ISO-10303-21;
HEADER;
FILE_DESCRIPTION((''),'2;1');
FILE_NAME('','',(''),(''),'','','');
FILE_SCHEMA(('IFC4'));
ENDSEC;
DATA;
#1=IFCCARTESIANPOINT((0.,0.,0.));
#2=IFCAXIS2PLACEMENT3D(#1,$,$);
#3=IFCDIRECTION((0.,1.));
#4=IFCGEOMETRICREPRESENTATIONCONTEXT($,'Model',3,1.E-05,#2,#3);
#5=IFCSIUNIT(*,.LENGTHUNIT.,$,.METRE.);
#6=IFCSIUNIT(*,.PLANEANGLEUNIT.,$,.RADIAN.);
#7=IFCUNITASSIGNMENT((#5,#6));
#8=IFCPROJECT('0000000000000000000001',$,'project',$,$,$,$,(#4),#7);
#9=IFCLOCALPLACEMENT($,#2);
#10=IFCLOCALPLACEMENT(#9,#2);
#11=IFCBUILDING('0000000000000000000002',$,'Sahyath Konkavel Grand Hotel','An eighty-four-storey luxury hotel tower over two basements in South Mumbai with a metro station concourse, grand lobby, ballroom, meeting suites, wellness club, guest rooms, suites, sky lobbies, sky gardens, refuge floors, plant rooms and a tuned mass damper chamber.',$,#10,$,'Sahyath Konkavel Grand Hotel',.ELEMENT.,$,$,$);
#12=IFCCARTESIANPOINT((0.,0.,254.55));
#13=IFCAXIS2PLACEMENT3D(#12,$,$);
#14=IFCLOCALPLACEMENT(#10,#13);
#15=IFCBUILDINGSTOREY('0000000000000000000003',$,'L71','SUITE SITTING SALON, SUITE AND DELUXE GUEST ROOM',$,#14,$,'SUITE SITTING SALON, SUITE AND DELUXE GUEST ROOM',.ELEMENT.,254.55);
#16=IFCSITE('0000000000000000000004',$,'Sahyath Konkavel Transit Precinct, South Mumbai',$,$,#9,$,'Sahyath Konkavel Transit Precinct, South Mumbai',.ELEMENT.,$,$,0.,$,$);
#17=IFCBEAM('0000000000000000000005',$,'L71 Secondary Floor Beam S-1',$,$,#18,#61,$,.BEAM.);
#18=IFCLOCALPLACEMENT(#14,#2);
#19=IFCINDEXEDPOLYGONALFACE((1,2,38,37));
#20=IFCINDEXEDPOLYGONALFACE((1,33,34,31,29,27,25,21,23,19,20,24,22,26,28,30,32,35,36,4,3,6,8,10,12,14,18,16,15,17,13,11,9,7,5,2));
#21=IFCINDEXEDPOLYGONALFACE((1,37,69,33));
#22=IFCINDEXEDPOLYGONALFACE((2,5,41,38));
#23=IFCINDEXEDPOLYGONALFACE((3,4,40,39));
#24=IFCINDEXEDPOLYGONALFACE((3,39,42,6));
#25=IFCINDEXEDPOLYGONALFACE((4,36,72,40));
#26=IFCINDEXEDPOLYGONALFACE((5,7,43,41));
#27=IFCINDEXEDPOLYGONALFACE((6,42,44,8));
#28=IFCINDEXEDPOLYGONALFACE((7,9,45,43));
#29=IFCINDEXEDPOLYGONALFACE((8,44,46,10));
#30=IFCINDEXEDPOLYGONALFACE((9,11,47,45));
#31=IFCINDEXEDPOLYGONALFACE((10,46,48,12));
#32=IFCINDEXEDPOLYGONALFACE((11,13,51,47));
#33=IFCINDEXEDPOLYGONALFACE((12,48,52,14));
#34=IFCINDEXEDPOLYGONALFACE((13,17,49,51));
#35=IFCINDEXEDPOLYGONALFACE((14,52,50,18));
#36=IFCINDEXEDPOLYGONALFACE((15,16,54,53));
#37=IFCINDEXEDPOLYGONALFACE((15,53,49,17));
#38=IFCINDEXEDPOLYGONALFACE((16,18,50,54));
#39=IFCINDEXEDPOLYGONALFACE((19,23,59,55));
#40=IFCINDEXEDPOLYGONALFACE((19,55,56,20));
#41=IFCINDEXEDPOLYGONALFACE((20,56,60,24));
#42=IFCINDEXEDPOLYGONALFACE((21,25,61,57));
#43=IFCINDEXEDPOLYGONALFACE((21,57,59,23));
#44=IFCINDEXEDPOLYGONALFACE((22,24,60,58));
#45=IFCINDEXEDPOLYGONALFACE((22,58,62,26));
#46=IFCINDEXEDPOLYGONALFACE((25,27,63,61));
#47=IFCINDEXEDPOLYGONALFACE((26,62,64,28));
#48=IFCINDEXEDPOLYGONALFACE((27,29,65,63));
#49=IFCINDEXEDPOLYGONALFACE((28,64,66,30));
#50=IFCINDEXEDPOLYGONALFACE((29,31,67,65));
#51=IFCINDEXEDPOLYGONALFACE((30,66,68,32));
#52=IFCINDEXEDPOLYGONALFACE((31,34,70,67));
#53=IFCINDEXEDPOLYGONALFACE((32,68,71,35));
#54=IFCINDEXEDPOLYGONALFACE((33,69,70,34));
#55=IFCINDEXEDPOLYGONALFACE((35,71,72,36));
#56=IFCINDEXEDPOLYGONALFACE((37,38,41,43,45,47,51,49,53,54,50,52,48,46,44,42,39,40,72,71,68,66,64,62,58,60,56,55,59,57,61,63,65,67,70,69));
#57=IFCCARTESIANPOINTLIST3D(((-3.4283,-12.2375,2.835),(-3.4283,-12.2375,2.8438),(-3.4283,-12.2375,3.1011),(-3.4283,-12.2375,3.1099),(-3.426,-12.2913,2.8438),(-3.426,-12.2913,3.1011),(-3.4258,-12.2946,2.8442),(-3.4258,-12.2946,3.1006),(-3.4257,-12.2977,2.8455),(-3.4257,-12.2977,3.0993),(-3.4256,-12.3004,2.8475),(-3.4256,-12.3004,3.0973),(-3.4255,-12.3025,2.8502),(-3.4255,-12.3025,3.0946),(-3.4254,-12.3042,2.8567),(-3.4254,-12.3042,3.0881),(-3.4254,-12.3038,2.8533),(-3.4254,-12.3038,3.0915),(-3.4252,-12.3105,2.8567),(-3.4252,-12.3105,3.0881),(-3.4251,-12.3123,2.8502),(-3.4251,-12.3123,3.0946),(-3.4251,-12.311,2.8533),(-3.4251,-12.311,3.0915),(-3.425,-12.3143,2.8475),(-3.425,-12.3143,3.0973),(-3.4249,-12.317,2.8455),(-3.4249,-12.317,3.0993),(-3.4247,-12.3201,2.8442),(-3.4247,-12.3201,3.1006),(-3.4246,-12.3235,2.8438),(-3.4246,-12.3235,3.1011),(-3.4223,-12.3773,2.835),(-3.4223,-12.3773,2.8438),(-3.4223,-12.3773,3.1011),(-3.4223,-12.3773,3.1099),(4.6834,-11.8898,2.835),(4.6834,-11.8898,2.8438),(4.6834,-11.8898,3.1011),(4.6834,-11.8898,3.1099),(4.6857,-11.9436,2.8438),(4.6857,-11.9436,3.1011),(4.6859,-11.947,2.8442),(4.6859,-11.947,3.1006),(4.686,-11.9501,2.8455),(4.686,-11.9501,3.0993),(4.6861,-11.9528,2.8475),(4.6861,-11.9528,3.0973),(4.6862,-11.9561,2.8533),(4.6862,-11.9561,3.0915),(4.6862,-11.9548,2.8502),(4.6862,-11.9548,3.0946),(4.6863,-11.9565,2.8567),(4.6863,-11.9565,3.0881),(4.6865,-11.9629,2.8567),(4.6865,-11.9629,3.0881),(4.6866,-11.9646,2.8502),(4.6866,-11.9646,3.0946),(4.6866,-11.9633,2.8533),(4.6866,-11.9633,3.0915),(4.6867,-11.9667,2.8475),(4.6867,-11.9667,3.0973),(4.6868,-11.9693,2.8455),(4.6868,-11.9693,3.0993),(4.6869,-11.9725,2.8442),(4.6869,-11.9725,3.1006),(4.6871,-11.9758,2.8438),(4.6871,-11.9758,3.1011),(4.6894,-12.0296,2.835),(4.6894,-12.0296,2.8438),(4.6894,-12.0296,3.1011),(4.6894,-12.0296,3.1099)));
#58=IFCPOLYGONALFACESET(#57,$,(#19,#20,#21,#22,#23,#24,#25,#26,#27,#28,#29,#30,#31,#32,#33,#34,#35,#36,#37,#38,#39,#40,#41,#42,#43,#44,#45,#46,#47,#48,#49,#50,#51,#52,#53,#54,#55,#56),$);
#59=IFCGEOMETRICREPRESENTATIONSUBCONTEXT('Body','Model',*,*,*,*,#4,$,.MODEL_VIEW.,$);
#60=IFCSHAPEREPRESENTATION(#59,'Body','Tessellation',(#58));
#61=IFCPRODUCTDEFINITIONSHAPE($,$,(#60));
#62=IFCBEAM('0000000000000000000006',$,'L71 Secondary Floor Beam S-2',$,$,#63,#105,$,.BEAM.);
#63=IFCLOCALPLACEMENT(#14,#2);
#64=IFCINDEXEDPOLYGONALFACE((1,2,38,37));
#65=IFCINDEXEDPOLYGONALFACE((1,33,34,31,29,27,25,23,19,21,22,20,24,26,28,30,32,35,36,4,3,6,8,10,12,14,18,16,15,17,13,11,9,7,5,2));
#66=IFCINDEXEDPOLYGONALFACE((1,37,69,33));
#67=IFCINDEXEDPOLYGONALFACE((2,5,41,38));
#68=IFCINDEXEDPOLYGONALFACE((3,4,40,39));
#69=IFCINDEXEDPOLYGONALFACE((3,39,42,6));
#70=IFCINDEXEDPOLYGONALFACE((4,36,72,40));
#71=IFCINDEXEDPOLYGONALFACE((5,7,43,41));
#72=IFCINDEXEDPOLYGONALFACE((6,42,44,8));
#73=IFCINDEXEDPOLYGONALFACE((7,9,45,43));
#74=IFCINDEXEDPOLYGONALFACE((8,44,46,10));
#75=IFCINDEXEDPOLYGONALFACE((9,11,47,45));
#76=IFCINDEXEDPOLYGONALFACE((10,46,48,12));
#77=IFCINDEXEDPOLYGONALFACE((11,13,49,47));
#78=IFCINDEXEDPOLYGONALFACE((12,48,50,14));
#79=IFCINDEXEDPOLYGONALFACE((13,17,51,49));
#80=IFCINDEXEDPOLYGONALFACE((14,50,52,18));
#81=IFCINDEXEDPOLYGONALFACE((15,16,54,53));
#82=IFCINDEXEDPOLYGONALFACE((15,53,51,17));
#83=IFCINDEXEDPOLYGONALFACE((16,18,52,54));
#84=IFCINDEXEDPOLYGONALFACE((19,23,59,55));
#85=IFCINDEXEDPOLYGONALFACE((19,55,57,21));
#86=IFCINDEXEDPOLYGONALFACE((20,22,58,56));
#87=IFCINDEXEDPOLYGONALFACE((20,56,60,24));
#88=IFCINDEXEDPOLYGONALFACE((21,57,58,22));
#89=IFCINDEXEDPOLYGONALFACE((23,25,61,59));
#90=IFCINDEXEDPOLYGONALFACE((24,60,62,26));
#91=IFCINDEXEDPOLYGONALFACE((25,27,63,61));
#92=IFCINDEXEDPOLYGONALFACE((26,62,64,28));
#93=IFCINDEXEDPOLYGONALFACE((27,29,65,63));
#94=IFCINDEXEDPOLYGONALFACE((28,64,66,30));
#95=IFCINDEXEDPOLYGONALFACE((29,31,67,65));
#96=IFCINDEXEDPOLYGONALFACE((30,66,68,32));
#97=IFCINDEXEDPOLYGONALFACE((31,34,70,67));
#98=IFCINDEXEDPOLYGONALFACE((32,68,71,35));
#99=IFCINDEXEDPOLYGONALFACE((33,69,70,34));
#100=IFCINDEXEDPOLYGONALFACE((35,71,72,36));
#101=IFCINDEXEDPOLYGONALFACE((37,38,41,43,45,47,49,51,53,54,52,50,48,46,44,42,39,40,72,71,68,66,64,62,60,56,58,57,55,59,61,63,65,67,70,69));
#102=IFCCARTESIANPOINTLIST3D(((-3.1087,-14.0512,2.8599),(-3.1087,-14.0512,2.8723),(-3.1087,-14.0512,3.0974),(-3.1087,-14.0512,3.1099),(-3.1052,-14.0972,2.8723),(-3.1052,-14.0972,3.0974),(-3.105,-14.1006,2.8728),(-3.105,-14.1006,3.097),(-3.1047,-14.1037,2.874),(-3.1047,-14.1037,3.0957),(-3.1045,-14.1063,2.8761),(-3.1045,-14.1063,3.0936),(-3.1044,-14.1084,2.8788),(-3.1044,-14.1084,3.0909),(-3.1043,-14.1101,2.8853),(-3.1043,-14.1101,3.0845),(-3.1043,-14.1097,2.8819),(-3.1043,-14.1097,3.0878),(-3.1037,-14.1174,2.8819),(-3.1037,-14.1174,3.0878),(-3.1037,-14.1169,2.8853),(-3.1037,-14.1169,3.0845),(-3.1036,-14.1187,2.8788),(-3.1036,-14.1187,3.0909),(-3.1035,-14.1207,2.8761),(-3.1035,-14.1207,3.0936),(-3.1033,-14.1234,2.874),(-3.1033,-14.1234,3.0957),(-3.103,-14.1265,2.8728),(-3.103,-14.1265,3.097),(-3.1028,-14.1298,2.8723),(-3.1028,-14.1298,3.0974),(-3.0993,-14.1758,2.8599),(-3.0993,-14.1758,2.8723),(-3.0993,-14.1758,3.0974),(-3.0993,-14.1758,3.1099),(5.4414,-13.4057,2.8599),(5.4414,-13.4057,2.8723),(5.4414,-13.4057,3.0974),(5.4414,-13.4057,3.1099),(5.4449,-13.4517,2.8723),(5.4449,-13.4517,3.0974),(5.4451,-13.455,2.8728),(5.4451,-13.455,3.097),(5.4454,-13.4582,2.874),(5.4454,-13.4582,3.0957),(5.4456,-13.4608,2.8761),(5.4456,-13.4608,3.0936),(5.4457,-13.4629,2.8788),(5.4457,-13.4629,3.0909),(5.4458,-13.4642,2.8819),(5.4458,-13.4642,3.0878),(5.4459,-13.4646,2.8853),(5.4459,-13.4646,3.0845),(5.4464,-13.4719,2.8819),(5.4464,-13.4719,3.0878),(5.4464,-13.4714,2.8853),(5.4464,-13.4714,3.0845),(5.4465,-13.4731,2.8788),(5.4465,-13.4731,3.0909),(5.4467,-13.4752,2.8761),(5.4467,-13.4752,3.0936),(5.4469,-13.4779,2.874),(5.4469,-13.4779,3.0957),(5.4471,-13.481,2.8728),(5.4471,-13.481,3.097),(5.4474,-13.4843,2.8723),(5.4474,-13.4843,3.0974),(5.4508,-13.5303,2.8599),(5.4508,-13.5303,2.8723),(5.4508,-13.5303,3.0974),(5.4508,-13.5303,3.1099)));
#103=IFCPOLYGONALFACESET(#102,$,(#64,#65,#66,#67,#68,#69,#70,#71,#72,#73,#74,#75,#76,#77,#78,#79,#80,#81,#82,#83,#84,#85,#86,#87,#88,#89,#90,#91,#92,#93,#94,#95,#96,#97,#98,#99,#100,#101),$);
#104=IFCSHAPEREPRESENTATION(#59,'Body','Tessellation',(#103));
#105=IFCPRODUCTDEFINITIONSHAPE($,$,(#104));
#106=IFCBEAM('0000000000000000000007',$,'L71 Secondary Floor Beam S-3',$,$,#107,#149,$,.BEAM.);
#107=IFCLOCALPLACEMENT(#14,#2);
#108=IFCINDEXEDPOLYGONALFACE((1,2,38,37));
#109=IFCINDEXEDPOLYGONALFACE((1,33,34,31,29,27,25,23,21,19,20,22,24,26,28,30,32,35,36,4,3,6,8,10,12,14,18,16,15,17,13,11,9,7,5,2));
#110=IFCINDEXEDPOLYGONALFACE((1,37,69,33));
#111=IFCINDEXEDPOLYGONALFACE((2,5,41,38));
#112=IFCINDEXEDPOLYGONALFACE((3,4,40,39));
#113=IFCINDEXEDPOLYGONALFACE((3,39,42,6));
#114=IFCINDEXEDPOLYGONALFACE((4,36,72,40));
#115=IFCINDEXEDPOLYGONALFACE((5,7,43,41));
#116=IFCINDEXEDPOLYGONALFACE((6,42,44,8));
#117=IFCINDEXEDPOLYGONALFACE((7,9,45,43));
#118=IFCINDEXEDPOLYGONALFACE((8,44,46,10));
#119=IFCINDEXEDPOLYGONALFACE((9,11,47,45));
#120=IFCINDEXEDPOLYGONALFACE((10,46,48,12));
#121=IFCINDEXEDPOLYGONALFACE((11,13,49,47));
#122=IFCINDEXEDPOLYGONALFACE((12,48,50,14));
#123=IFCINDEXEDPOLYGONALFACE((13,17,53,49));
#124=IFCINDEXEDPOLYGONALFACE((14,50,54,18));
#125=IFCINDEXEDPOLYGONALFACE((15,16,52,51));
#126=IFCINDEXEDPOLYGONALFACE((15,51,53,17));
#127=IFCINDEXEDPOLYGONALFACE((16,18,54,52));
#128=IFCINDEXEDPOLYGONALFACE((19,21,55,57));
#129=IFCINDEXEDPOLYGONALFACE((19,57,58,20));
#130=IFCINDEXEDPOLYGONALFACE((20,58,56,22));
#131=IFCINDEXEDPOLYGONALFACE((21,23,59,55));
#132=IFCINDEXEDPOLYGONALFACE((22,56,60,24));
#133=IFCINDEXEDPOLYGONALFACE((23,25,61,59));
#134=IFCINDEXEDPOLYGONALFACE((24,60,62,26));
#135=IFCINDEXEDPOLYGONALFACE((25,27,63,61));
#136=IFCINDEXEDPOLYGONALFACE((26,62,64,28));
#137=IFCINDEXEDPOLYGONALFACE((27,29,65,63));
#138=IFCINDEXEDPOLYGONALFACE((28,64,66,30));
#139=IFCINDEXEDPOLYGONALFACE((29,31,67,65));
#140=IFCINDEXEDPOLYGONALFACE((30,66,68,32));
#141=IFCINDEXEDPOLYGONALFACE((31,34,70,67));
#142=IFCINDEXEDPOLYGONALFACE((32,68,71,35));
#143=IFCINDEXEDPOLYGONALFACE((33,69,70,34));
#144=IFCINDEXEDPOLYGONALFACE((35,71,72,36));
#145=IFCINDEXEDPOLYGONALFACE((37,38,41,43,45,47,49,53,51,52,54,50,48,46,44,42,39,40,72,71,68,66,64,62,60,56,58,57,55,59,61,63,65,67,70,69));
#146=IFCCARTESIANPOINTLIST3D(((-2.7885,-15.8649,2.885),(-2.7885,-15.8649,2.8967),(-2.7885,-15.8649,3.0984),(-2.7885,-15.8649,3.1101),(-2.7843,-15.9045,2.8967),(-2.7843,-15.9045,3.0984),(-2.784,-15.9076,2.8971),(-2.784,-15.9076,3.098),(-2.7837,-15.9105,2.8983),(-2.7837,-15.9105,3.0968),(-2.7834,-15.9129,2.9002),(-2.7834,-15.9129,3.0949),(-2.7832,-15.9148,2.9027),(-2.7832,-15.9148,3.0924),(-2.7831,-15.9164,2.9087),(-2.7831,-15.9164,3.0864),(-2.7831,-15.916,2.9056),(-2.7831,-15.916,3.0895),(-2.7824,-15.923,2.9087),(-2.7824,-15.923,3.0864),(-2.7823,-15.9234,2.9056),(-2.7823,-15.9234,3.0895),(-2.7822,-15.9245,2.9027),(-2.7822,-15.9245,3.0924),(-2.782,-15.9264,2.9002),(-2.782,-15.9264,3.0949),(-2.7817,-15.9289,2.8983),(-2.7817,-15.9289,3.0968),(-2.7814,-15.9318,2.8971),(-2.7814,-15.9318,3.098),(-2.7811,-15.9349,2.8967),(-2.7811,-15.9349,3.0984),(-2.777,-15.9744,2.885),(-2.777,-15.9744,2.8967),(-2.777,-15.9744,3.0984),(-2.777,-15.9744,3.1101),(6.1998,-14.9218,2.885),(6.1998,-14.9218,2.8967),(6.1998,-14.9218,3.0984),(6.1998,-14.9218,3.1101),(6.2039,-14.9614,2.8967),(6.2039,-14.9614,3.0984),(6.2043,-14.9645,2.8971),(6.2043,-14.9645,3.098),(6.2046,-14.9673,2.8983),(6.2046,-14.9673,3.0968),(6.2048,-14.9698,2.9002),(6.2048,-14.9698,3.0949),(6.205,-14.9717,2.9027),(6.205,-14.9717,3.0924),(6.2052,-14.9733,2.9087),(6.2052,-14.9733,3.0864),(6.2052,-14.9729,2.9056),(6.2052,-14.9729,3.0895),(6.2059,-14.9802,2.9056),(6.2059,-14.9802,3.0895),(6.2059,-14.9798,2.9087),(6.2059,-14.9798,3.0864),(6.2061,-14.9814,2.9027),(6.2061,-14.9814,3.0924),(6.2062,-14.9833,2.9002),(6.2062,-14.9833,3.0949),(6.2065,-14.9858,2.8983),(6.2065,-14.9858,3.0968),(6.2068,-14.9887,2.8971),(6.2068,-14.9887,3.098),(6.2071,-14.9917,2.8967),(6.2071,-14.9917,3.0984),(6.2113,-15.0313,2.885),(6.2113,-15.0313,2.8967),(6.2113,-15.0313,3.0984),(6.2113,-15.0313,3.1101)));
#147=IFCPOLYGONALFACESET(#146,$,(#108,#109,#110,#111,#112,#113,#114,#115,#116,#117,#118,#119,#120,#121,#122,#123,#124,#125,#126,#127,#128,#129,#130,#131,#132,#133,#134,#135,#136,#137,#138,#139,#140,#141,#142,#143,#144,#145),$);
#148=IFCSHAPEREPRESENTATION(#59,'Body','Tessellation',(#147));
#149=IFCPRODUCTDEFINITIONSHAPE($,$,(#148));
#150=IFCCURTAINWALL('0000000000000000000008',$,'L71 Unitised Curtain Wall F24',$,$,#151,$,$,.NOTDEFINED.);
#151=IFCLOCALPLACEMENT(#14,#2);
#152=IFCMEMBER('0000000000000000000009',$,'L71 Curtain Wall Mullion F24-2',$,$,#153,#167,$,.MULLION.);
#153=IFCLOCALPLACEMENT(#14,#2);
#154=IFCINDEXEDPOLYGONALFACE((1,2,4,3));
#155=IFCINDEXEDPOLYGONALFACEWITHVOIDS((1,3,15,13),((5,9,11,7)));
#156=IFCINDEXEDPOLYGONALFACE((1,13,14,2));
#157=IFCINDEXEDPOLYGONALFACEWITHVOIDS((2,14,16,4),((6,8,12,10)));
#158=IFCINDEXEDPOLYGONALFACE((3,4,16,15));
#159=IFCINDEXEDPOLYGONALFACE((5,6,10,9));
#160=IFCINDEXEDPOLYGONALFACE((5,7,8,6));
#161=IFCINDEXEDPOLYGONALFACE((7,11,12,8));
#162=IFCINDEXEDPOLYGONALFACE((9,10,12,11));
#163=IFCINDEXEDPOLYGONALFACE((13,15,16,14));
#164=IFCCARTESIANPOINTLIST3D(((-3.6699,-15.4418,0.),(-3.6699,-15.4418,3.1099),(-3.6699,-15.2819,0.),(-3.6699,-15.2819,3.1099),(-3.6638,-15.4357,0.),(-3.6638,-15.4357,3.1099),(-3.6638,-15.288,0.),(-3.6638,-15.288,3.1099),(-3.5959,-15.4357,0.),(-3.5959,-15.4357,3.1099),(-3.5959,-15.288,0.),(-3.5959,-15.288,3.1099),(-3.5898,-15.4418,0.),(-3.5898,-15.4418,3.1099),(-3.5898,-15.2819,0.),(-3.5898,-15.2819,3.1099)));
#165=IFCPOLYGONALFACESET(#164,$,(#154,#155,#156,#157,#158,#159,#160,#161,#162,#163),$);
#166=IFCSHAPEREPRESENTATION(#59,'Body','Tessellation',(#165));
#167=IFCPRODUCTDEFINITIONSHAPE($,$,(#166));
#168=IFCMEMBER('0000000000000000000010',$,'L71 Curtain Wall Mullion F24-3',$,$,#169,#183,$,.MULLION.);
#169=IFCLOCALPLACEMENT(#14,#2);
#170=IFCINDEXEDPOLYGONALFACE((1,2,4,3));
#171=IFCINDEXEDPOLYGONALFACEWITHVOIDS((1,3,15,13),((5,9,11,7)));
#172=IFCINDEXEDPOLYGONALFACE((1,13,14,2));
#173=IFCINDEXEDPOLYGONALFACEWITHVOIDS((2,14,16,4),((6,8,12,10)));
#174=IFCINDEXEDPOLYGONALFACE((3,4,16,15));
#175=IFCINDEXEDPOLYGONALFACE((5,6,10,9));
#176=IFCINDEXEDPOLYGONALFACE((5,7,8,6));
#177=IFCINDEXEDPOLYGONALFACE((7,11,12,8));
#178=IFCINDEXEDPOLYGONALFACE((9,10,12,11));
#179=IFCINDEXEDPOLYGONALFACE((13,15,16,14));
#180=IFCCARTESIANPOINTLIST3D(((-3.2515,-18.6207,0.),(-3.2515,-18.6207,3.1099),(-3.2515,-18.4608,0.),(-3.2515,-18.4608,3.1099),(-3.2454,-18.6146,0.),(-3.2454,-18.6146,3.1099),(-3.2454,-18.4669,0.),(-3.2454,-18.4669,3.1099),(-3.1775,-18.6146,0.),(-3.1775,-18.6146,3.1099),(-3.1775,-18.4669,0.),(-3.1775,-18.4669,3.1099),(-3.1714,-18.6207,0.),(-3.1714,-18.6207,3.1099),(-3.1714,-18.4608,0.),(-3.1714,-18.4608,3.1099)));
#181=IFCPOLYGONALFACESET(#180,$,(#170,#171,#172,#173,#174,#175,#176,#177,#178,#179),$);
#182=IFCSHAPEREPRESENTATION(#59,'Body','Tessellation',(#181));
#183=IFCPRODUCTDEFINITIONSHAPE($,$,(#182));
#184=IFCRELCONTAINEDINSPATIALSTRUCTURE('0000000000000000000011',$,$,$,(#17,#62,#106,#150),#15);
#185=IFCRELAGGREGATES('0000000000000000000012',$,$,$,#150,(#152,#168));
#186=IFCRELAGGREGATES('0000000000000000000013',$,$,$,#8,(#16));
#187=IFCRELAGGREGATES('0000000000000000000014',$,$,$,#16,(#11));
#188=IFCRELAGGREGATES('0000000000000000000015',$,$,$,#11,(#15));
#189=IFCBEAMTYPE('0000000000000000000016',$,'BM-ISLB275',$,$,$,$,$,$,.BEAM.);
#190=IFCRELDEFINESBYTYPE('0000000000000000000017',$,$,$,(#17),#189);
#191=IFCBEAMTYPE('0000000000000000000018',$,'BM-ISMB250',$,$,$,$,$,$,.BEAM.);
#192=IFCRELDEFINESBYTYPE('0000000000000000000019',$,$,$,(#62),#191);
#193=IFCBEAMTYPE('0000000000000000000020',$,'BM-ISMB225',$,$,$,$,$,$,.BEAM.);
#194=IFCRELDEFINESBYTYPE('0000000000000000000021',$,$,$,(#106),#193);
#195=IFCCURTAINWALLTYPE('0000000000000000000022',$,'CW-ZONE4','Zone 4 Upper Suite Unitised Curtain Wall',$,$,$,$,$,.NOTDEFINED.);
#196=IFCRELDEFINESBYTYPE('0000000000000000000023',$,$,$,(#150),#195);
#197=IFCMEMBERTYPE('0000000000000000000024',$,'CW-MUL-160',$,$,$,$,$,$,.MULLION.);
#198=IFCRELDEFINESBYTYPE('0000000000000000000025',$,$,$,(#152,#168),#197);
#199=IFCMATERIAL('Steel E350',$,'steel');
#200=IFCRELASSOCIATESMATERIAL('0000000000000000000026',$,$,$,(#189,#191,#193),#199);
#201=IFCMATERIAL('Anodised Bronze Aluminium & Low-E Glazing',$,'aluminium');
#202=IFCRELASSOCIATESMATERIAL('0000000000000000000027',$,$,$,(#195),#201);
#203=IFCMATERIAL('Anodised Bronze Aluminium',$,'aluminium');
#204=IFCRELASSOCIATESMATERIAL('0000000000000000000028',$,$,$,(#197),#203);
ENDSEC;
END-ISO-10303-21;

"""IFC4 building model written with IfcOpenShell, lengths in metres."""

from ifc_helpers import new_model, si_unit, direction, frame, origin, origin_2d, place, context, subcontext, project, spatial, hollow_rectangle, i_section, extrude, source, transform, mapped, material, material_profile, profile_set, type_object, element, aggregate, save


model = new_model("IFC4")

# Units and contexts
model_context = context("Model", 3, precision=1e-05, world=origin(), true_north=direction((0.0, 1.0)))
body_context = subcontext(model_context, "Body", "Model", "MODEL_VIEW")
ifc_project = project(units=[si_unit("LENGTHUNIT", "METRE"), si_unit("PLANEANGLEUNIT", "RADIAN")], contexts=[model_context])

# Site, building, storey
site_placement = place(None, origin())
site = spatial("IfcSite", under=ifc_project, at=site_placement, Name="Sahyath Konkavel Transit Precinct, South Mumbai", LongName="Sahyath Konkavel Transit Precinct, South Mumbai", CompositionType="ELEMENT", RefElevation=0.0)
building_placement = place(site_placement, origin())
building = spatial("IfcBuilding", under=site, at=building_placement, Name="Sahyath Konkavel Grand Hotel", Description="An eighty-four-storey luxury hotel tower over two basements in South Mumbai with a metro station concourse, grand lobby, ballroom, meeting suites, wellness club, guest rooms, suites, sky lobbies, sky gardens, refuge floors, plant rooms and a tuned mass damper chamber.", LongName="Sahyath Konkavel Grand Hotel", CompositionType="ELEMENT")
storey_placement = place(building_placement, frame((0.0, 0.0, 254.55)))
storey = spatial("IfcBuildingStorey", under=building, at=storey_placement, Name="L71", Description="SUITE SITTING SALON, SUITE AND DELUXE GUEST ROOM", LongName="SUITE SITTING SALON, SUITE AND DELUXE GUEST ROOM", CompositionType="ELEMENT", Elevation=254.55)

# Beams
ifc_material_1 = material(Name="Steel E350", Category="steel")
ifc_material_profile_1 = material_profile(ifc_material_1, i_section(OverallWidth=0.1399, OverallDepth=0.2749, WebThickness=0.0063, FlangeThickness=0.0088, FilletRadius=0.0129, at=origin_2d()), Name="ISLB 275")
ifc_profile_set_1 = profile_set([ifc_material_profile_1], Name="Steel E350")
beam_type_1 = type_object("IfcBeamType", Name="BM-ISLB275", PredefinedType="BEAM", material=ifc_profile_set_1)
shared_shape_1 = source(origin(), body_context, "Body", "SweptSolid", [
    extrude(i_section(OverallWidth=0.1399, OverallDepth=0.2749, WebThickness=0.0063, FlangeThickness=0.0088, FilletRadius=0.0129, at=origin_2d()), origin(), (0.0, 0.0, 1.0), 8.1191),
])
beam_1_placement = place(storey_placement, frame((-3.4253, -12.3074, 2.9724), z_axis=(0.999083, 0.04282, 0.0), x_axis=(-0.04282, 0.999083, 0.0)))
element("IfcBeam", 1, at=beam_1_placement, inside=storey, type_object=beam_type_1, Name="L71 Secondary Floor Beam S-1", PredefinedType="BEAM", context=body_context, shape_type="MappedRepresentation", body=[
    mapped(shared_shape_1, transform((0.0, 0.0, 0.0), scale=1.0)),
])
ifc_material_profile_2 = material_profile(ifc_material_1, i_section(OverallWidth=0.125, OverallDepth=0.25, WebThickness=0.0068, FlangeThickness=0.0125, FilletRadius=0.0129, at=origin_2d()), Name="ISMB 250")
ifc_profile_set_2 = profile_set([ifc_material_profile_2], Name="Steel E350")
beam_type_2 = type_object("IfcBeamType", Name="BM-ISMB250", PredefinedType="BEAM", material=ifc_profile_set_2)
shared_shape_2 = source(origin(), body_context, "Body", "SweptSolid", [
    extrude(i_section(OverallWidth=0.125, OverallDepth=0.25, WebThickness=0.0068, FlangeThickness=0.0125, FilletRadius=0.0129, at=origin_2d()), origin(), (0.0, 0.0, 1.0), 8.5745),
])
beam_2_placement = place(storey_placement, frame((-3.104, -14.1135, 2.9849), z_axis=(0.997162, 0.075283, 0.0), x_axis=(-0.075283, 0.997162, 0.0)))
element("IfcBeam", 2, at=beam_2_placement, inside=storey, type_object=beam_type_2, Name="L71 Secondary Floor Beam S-2", PredefinedType="BEAM", context=body_context, shape_type="MappedRepresentation", body=[
    mapped(shared_shape_2, transform((0.0, 0.0, 0.0), scale=1.0)),
])
ifc_material_profile_3 = material_profile(ifc_material_1, i_section(OverallWidth=0.1101, OverallDepth=0.2251, WebThickness=0.0066, FlangeThickness=0.0117, FilletRadius=0.012, at=origin_2d()), Name="ISMB 225")
ifc_profile_set_3 = profile_set([ifc_material_profile_3], Name="Steel E350")
beam_type_3 = type_object("IfcBeamType", Name="BM-ISMB225", PredefinedType="BEAM", material=ifc_profile_set_3)
shared_shape_3 = source(origin(), body_context, "Body", "SweptSolid", [
    extrude(i_section(OverallWidth=0.1101, OverallDepth=0.2251, WebThickness=0.0066, FlangeThickness=0.0117, FilletRadius=0.012, at=origin_2d()), origin(), (0.0, 0.0, 1.0), 9.0376),
])
beam_3_placement = place(storey_placement, frame((-2.7827, -15.9197, 2.9976), z_axis=(0.99454, 0.104354, 0.0), x_axis=(-0.104354, 0.99454, 0.0)))
element("IfcBeam", 3, at=beam_3_placement, inside=storey, type_object=beam_type_3, Name="L71 Secondary Floor Beam S-3", PredefinedType="BEAM", context=body_context, shape_type="MappedRepresentation", body=[
    mapped(shared_shape_3, transform((0.0, 0.0, 0.0), scale=1.0)),
])

# Curtain wall, members
ifc_material_2 = material(Name="Anodised Bronze Aluminium & Low-E Glazing", Category="aluminium")
curtain_wall_type = type_object("IfcCurtainWallType", Name="CW-ZONE4", Description="Zone 4 Upper Suite Unitised Curtain Wall", PredefinedType="NOTDEFINED", material=ifc_material_2)
curtain_wall_1_placement = place(storey_placement, origin())
curtain_wall_1 = element("IfcCurtainWall", 4, at=curtain_wall_1_placement, inside=storey, type_object=curtain_wall_type, Name="L71 Unitised Curtain Wall F24", PredefinedType="NOTDEFINED")
ifc_material_3 = material(Name="Anodised Bronze Aluminium", Category="aluminium")
ifc_material_profile_4 = material_profile(ifc_material_3, hollow_rectangle(XDim=0.0801, YDim=0.1599, WallThickness=0.0061, at=origin_2d()), Name="RHS 160x80x6")
ifc_profile_set_4 = profile_set([ifc_material_profile_4], Name="Anodised Bronze Aluminium")
member_type_1 = type_object("IfcMemberType", Name="CW-MUL-160", PredefinedType="MULLION", material=ifc_profile_set_4)
shared_shape_4 = source(origin(), body_context, "Body", "SweptSolid", [
    extrude(hollow_rectangle(XDim=0.0801, YDim=0.1599, WallThickness=0.0061, at=origin_2d()), origin(), (0.0, 0.0, 1.0), 3.1099),
])
member_1_placement = place(storey_placement, frame((-3.6299, -15.3618, 0.0), z_axis=(0.0, 0.0, 1.0), x_axis=(1.0, 0.0, 0.0)))
member_1 = element("IfcMember", 5, at=member_1_placement, type_object=member_type_1, Name="L71 Curtain Wall Mullion F24-2", PredefinedType="MULLION", context=body_context, shape_type="MappedRepresentation", body=[
    mapped(shared_shape_4, transform((0.0, 0.0, 0.0), scale=1.0)),
])
member_2_placement = place(storey_placement, frame((-3.2114, -18.5408, 0.0), z_axis=(0.0, 0.0, 1.0), x_axis=(1.0, 0.0, 0.0)))
member_2 = element("IfcMember", 6, at=member_2_placement, type_object=member_type_1, Name="L71 Curtain Wall Mullion F24-3", PredefinedType="MULLION", context=body_context, shape_type="MappedRepresentation", body=[
    mapped(shared_shape_4, transform((0.0, 0.0, 0.0), scale=1.0)),
])

aggregate(curtain_wall_1, [member_1, member_2])

save(model, "model.ifc")
